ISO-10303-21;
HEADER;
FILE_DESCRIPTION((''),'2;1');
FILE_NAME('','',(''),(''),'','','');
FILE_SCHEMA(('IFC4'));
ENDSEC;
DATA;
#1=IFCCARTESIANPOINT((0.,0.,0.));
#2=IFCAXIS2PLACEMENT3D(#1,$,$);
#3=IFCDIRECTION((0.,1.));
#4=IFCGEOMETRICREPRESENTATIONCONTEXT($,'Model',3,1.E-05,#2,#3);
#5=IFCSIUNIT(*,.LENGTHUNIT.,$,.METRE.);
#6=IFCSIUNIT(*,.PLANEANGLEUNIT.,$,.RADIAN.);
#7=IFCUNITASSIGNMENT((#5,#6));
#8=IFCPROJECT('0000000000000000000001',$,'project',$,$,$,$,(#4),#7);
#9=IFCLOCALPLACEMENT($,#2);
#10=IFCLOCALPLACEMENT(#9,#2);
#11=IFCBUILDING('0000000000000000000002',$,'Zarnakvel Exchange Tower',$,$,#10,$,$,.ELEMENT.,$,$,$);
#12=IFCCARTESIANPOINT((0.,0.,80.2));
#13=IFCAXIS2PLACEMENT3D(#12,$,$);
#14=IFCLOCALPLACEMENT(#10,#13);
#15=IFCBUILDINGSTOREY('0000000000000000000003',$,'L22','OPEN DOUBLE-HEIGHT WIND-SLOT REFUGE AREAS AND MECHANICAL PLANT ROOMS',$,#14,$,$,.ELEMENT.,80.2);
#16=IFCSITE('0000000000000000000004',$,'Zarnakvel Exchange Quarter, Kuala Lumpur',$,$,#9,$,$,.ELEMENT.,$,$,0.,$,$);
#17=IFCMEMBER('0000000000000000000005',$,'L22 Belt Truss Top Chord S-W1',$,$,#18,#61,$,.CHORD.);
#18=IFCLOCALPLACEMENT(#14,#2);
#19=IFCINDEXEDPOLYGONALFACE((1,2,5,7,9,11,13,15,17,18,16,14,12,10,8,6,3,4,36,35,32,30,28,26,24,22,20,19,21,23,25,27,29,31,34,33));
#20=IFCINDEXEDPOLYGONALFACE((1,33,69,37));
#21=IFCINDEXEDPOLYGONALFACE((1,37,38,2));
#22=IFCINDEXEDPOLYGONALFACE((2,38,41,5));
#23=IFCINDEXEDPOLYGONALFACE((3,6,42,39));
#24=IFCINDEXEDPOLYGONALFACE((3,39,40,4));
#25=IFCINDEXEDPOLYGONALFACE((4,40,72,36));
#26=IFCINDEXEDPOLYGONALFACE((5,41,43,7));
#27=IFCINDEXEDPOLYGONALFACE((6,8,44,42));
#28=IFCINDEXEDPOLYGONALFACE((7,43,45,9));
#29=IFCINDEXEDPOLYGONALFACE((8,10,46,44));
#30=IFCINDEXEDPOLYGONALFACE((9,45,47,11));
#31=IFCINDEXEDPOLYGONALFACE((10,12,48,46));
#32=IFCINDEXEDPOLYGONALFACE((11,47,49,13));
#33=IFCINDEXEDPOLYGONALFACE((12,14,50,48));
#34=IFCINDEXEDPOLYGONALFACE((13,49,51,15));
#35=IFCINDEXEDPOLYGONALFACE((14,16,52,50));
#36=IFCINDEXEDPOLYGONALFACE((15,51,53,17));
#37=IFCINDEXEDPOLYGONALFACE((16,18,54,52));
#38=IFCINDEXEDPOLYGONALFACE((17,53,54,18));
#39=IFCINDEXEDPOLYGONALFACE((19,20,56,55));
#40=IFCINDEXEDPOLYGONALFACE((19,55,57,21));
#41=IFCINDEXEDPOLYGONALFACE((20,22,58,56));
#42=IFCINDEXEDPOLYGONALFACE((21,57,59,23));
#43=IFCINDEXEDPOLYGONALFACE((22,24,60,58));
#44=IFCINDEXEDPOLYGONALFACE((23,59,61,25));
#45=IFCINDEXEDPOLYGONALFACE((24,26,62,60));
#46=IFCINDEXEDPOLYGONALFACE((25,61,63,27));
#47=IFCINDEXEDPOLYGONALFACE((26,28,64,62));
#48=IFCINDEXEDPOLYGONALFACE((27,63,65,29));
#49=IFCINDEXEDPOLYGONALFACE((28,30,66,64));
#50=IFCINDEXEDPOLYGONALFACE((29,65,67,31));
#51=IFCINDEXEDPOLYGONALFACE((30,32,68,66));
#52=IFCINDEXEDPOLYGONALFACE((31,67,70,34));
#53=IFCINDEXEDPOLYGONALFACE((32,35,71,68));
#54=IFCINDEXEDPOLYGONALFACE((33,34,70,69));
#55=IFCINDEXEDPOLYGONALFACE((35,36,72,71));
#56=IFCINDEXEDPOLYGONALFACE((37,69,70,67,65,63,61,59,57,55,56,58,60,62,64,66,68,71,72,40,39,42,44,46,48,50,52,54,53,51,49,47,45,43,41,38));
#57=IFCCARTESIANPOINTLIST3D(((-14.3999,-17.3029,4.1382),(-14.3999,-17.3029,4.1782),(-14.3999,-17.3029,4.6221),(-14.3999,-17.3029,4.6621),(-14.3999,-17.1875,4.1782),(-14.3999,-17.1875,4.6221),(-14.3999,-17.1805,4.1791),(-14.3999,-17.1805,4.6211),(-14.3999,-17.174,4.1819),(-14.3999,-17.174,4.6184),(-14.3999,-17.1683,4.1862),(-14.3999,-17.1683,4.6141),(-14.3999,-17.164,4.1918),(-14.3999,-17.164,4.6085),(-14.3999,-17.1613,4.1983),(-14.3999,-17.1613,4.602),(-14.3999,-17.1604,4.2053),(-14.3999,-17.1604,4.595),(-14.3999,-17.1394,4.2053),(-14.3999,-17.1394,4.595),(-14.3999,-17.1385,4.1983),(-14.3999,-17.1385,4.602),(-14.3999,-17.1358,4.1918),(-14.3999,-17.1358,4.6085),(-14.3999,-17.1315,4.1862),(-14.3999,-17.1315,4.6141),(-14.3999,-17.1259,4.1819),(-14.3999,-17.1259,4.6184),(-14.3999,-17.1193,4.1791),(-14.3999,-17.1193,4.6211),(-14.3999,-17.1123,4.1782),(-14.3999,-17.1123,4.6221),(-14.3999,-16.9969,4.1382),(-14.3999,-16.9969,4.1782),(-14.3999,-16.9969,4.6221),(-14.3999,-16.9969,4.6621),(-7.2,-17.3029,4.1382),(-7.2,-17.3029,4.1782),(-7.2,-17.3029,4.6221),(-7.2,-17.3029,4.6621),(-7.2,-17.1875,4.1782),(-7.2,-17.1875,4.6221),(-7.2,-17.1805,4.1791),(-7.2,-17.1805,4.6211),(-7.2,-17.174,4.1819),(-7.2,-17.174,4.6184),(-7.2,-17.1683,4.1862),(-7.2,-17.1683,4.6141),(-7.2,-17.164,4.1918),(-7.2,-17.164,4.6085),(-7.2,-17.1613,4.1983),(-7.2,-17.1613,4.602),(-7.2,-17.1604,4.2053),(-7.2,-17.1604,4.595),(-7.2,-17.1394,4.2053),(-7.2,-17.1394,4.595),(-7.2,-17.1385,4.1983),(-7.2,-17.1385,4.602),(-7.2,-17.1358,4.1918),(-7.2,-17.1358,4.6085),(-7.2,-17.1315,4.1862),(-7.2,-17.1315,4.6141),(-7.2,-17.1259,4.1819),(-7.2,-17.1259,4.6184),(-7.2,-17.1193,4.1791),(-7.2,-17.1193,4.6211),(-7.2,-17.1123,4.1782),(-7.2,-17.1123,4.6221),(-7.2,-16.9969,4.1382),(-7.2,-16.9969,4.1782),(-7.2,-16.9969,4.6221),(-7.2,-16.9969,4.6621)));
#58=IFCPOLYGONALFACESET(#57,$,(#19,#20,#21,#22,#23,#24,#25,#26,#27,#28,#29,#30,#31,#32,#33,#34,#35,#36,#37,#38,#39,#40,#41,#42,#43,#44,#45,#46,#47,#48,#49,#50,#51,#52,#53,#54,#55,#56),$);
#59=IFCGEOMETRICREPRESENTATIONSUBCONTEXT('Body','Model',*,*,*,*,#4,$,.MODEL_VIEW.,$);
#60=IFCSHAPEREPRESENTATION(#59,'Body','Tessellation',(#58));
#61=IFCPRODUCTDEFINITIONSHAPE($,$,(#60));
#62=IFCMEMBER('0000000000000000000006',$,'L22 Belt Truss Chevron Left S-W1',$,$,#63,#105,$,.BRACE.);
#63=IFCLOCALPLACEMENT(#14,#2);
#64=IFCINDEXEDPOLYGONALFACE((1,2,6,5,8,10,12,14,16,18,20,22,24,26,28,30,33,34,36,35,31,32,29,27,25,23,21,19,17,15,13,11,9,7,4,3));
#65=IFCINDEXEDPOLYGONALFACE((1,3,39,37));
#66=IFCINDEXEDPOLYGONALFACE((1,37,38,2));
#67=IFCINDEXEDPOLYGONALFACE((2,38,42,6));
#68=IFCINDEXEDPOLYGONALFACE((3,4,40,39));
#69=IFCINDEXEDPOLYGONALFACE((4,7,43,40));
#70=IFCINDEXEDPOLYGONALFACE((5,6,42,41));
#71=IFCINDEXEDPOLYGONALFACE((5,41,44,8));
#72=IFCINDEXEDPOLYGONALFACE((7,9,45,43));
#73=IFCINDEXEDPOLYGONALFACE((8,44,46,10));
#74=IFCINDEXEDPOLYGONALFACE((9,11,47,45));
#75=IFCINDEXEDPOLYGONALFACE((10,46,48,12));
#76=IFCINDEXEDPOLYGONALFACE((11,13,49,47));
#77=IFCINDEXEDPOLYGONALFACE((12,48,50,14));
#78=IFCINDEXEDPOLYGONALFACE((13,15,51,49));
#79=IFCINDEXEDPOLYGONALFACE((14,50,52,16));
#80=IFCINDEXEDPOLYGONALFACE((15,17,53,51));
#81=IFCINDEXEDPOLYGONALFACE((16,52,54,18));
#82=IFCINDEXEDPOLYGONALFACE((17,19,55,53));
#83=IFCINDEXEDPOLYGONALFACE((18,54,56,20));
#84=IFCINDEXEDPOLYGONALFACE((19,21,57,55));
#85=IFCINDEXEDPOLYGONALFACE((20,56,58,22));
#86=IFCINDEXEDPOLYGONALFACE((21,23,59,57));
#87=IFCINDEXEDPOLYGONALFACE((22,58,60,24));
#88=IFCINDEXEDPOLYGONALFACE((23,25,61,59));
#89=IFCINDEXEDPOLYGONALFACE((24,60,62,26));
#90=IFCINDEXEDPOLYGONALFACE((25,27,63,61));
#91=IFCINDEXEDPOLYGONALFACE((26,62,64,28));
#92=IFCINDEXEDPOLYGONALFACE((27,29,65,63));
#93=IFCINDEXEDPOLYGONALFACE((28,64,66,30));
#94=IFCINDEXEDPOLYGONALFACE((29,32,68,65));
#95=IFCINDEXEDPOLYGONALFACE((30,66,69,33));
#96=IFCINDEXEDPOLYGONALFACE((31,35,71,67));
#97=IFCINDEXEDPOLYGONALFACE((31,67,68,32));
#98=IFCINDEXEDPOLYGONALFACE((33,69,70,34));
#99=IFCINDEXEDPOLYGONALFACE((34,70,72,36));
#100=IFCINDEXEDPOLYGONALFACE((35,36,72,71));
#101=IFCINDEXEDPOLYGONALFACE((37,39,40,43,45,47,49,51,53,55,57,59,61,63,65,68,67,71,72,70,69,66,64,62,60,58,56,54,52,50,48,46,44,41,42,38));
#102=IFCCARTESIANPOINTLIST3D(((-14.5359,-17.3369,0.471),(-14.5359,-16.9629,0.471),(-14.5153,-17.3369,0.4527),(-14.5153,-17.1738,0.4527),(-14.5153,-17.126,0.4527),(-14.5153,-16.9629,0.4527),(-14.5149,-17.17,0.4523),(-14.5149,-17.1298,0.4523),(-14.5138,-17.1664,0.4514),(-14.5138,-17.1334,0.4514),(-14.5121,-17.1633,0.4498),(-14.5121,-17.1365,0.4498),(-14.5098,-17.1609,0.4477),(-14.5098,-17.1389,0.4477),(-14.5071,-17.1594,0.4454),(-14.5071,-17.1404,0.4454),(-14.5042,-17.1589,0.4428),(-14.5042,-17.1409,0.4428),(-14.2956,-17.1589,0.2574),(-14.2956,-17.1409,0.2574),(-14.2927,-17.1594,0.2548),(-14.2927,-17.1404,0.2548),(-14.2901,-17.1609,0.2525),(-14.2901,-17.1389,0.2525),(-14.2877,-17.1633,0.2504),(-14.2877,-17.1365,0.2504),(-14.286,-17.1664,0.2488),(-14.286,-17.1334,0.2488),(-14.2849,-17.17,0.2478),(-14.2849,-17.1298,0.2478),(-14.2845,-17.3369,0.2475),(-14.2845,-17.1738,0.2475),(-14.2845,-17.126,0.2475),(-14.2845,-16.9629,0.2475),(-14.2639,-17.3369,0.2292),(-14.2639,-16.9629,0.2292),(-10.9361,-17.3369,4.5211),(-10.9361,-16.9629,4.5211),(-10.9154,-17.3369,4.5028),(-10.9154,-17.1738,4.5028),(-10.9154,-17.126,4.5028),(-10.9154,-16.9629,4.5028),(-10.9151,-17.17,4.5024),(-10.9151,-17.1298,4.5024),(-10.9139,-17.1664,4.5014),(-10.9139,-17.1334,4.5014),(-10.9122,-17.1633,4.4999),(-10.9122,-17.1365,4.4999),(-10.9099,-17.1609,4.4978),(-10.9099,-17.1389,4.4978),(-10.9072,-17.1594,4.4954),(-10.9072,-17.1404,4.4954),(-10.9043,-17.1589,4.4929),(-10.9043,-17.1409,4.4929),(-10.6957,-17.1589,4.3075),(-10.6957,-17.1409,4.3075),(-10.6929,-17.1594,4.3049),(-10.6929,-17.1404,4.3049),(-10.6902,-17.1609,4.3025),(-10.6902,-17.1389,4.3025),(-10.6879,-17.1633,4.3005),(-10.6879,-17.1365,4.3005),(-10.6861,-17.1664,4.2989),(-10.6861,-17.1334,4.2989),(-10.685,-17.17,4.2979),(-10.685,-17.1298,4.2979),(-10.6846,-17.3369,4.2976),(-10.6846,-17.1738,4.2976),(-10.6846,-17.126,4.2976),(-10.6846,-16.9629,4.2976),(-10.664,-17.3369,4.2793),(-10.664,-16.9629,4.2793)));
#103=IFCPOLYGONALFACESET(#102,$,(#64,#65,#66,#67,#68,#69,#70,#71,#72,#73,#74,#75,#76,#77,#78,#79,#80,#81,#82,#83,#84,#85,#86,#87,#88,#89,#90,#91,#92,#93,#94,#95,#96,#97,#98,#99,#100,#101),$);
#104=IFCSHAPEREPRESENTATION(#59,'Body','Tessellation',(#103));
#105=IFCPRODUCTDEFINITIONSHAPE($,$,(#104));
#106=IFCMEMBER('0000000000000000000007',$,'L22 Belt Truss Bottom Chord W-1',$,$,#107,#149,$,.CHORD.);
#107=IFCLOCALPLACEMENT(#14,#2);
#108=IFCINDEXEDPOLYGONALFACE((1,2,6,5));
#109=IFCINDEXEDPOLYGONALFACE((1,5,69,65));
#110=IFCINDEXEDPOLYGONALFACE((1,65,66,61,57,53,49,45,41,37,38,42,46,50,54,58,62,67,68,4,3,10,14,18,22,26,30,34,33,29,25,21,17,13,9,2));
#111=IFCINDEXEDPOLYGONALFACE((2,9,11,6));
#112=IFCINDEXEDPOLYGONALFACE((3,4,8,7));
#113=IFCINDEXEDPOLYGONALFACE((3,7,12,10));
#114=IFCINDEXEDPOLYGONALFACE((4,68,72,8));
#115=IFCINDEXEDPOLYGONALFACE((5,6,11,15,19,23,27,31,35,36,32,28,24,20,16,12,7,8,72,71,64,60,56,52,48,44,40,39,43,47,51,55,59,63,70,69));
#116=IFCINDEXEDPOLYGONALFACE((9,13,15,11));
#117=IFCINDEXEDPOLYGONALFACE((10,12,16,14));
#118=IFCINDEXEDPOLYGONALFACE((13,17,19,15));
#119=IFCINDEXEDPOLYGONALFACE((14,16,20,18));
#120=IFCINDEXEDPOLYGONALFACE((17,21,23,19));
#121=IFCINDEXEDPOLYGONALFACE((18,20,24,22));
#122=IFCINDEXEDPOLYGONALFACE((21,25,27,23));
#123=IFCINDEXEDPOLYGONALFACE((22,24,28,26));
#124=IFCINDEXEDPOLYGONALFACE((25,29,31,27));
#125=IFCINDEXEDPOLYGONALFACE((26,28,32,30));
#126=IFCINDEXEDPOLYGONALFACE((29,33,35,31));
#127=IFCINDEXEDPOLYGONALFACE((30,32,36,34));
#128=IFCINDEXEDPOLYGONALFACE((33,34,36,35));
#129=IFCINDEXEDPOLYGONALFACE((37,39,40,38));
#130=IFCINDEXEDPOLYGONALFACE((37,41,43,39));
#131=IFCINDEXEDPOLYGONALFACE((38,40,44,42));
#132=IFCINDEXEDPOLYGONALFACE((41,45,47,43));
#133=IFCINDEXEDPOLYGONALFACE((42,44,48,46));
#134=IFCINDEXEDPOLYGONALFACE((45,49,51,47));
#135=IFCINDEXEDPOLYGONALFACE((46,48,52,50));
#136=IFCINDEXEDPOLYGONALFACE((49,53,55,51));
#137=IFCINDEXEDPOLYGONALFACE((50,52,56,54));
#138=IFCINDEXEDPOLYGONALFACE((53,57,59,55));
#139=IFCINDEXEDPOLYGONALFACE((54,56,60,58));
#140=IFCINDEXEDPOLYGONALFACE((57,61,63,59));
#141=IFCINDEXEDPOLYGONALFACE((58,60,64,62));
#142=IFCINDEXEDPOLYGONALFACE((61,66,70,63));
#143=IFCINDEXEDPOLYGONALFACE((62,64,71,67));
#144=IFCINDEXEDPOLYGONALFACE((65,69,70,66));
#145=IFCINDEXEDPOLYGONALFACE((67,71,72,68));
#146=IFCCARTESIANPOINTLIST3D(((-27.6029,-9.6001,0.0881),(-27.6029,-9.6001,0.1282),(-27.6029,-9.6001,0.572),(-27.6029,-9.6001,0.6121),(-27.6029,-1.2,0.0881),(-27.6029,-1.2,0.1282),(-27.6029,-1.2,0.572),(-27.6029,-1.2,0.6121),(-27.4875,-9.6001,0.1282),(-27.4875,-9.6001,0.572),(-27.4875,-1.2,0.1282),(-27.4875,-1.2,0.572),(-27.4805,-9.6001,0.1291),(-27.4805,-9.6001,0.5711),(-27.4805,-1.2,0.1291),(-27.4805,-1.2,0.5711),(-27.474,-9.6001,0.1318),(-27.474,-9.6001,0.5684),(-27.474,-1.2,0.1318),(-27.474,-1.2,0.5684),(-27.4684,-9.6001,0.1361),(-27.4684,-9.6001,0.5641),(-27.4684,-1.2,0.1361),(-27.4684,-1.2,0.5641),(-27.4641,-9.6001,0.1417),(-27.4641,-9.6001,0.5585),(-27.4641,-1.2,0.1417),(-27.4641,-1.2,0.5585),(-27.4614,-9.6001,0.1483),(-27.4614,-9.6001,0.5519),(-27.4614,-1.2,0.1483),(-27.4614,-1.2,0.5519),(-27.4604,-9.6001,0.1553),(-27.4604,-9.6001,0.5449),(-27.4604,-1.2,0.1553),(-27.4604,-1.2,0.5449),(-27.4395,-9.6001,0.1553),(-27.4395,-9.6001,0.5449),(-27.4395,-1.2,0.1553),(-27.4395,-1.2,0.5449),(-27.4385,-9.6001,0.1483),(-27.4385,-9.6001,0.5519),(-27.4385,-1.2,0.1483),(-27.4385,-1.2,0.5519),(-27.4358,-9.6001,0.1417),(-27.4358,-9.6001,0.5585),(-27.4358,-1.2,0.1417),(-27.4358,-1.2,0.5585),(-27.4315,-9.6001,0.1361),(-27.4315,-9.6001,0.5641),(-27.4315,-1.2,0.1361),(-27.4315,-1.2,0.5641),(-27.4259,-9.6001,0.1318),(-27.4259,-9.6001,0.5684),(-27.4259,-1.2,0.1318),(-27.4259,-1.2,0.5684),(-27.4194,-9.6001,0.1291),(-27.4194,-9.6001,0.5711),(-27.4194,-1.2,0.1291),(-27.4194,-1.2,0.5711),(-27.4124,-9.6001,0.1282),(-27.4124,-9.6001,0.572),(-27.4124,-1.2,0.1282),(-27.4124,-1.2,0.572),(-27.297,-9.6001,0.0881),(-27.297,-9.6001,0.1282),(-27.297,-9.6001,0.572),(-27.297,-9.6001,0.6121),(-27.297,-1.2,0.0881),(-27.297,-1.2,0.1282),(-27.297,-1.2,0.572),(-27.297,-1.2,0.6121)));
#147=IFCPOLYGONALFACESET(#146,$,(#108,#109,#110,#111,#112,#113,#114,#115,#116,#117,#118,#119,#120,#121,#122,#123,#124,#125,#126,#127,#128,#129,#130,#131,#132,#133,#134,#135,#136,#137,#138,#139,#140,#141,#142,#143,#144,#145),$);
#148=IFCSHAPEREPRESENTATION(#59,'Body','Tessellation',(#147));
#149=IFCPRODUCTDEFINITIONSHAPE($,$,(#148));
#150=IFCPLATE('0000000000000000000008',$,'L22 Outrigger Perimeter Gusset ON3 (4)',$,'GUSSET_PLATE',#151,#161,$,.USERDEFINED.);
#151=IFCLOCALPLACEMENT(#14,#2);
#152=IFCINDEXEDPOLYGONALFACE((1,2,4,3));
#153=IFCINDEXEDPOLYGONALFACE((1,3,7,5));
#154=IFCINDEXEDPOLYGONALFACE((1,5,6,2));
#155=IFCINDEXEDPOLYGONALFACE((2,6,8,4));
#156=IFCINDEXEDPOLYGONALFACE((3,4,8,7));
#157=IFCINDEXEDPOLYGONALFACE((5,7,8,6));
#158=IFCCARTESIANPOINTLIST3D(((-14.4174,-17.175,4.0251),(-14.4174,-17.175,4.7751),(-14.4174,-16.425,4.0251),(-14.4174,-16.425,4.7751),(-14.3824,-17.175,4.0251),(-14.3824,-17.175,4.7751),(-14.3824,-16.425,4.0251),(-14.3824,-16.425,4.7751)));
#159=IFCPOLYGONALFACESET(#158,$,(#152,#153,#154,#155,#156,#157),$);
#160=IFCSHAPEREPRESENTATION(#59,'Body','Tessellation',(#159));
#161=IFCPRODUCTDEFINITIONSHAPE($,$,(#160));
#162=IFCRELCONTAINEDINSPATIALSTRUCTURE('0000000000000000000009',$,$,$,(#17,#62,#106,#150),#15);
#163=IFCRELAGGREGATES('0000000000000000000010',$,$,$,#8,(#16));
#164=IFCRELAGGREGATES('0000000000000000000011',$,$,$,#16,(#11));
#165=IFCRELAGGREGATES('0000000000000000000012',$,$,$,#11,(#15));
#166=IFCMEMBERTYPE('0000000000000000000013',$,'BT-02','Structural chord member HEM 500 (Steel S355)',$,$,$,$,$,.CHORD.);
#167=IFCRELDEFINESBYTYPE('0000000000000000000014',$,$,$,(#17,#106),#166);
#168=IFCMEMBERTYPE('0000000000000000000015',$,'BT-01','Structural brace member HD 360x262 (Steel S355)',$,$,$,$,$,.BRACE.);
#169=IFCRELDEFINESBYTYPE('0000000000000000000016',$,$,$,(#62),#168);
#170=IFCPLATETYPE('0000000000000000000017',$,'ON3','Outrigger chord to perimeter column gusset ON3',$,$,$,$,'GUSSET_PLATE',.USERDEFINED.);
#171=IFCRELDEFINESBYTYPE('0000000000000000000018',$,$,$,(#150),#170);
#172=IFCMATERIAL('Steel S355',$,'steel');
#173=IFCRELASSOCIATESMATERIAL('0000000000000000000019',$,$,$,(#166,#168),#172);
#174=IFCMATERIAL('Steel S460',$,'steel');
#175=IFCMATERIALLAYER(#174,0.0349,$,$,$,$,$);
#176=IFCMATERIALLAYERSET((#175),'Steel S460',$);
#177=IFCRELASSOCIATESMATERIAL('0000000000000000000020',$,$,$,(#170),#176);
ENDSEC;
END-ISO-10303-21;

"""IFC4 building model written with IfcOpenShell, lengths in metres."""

from ifc_helpers import new_model, si_unit, direction, frame, origin, origin_2d, place, context, subcontext, project, spatial, rectangle, i_section, extrude, source, transform, mapped, material, layer, layer_set, material_profile, profile_set, type_object, element, save


model = new_model("IFC4")

# Units and contexts
model_context = context("Model", 3, precision=1e-05, world=origin(), true_north=direction((0.0, 1.0)))
body_context = subcontext(model_context, "Body", "Model", "MODEL_VIEW")
ifc_project = project(units=[si_unit("LENGTHUNIT", "METRE"), si_unit("PLANEANGLEUNIT", "RADIAN")], contexts=[model_context])

# Site, building, storey
site_placement = place(None, origin())
site = spatial("IfcSite", under=ifc_project, at=site_placement, Name="Zarnakvel Exchange Quarter, Kuala Lumpur", CompositionType="ELEMENT", RefElevation=0.0)
building_placement = place(site_placement, origin())
building = spatial("IfcBuilding", under=site, at=building_placement, Name="Zarnakvel Exchange Tower", CompositionType="ELEMENT")
storey_placement = place(building_placement, frame((0.0, 0.0, 80.2)))
storey = spatial("IfcBuildingStorey", under=building, at=storey_placement, Name="L22", Description="OPEN DOUBLE-HEIGHT WIND-SLOT REFUGE AREAS AND MECHANICAL PLANT ROOMS", CompositionType="ELEMENT", Elevation=80.2)

# Shared definitions
ifc_material_1 = material(Name="Steel S355", Category="steel")

# Shared definitions
ifc_material_2 = material(Name="Steel S460", Category="steel")

# Members
ifc_material_profile_1 = material_profile(ifc_material_1, i_section(OverallWidth=0.3059, OverallDepth=0.5239, WebThickness=0.021, FlangeThickness=0.04, FilletRadius=0.0271, at=origin_2d()))
ifc_profile_set_1 = profile_set([ifc_material_profile_1], Name="Steel S355")
member_type_1 = type_object("IfcMemberType", Name="BT-02", Description="Structural chord member HEM 500 (Steel S355)", PredefinedType="CHORD", material=ifc_profile_set_1)
shared_shape_1 = source(origin(), body_context, "Body", "SweptSolid", [
    extrude(i_section(OverallWidth=0.3059, OverallDepth=0.5239, WebThickness=0.021, FlangeThickness=0.04, FilletRadius=0.0271, at=origin_2d()), origin(), (0.0, 0.0, 1.0), 7.2),
])
for number, where, z_axis, x_axis, name in (
    (1, (-14.3999, -17.1499, 4.4001), (1.0, 0.0, 0.0), (0.0, 1.0, 0.0), "L22 Belt Truss Top Chord S-W1"),
):
    element("IfcMember", number, at=place(storey_placement, frame(where, z_axis=z_axis, x_axis=x_axis)), inside=storey, type_object=member_type_1, Name=name, PredefinedType="CHORD", context=body_context, shape_type="MappedRepresentation", body=[
        mapped(shared_shape_1, transform((0.0, 0.0, 0.0), x_axis=(1.0, 0.0, 0.0), y_axis=(0.0, 1.0, 0.0), z_axis=(0.0, 0.0, 1.0), scale=1.0)),
    ])
ifc_material_profile_2 = material_profile(ifc_material_1, i_section(OverallWidth=0.374, OverallDepth=0.364, WebThickness=0.0181, FlangeThickness=0.0276, FilletRadius=0.0149, at=origin_2d()))
ifc_profile_set_2 = profile_set([ifc_material_profile_2], Name="Steel S355")
member_type_2 = type_object("IfcMemberType", Name="BT-01", Description="Structural brace member HD 360x262 (Steel S355)", PredefinedType="BRACE", material=ifc_profile_set_2)
shared_shape_2 = source(origin(), body_context, "Body", "SweptSolid", [
    extrude(i_section(OverallWidth=0.374, OverallDepth=0.364, WebThickness=0.0181, FlangeThickness=0.0276, FilletRadius=0.0149, at=origin_2d()), origin(), (0.0, 0.0, 1.0), 5.4187),
])
member_1_placement = place(storey_placement, frame((-14.3999, -17.1499, 0.3501), z_axis=(0.664344, 0.0, 0.747427), x_axis=(0.0, 1.0, 0.0)))
element("IfcMember", 2, at=member_1_placement, inside=storey, type_object=member_type_2, Name="L22 Belt Truss Chevron Left S-W1", PredefinedType="BRACE", context=body_context, shape_type="MappedRepresentation", body=[
    mapped(shared_shape_2, transform((0.0, 0.0, 0.0), x_axis=(1.0, 0.0, 0.0), y_axis=(0.0, 1.0, 0.0), z_axis=(0.0, 0.0, 1.0), scale=1.0)),
])
shared_shape_3 = source(origin(), body_context, "Body", "SweptSolid", [
    extrude(i_section(OverallWidth=0.3059, OverallDepth=0.5239, WebThickness=0.021, FlangeThickness=0.04, FilletRadius=0.0271, at=origin_2d()), origin(), (0.0, 0.0, 1.0), 8.4001),
])
member_2_placement = place(storey_placement, frame((-27.45, -9.6001, 0.3501), z_axis=(0.0, 1.0, 0.0), x_axis=(-1.0, 0.0, 0.0)))
element("IfcMember", 3, at=member_2_placement, inside=storey, type_object=member_type_1, Name="L22 Belt Truss Bottom Chord W-1", PredefinedType="CHORD", context=body_context, shape_type="MappedRepresentation", body=[
    mapped(shared_shape_3, transform((0.0, 0.0, 0.0), x_axis=(1.0, 0.0, 0.0), y_axis=(0.0, 1.0, 0.0), z_axis=(0.0, 0.0, 1.0), scale=1.0)),
])

# Plate
ifc_layer = layer(ifc_material_2, 0.0349)
ifc_layer_set = layer_set([ifc_layer], Name="Steel S460")
plate_type = type_object("IfcPlateType", Name="ON3", Description="Outrigger chord to perimeter column gusset ON3", ElementType="GUSSET_PLATE", PredefinedType="USERDEFINED", material=ifc_layer_set)
shared_shape_4 = source(origin(), body_context, "Body", "SweptSolid", [
    extrude(rectangle(XDim=0.0349, YDim=0.75, at=origin_2d()), origin(), (0.0, 0.0, 1.0), 0.75),
])
plate_placement = place(storey_placement, frame((-14.3999, -16.8, 4.0251), z_axis=(0.0, 0.0, 1.0), x_axis=(1.0, 0.0, 0.0)))
element("IfcPlate", 4, at=plate_placement, inside=storey, type_object=plate_type, Name="L22 Outrigger Perimeter Gusset ON3 (4)", ObjectType="GUSSET_PLATE", PredefinedType="USERDEFINED", context=body_context, shape_type="MappedRepresentation", body=[
    mapped(shared_shape_4, transform((0.0, 0.0, 0.0), x_axis=(1.0, 0.0, 0.0), y_axis=(0.0, 1.0, 0.0), z_axis=(0.0, 0.0, 1.0), scale=1.0)),
])

save(model, "model.ifc")
